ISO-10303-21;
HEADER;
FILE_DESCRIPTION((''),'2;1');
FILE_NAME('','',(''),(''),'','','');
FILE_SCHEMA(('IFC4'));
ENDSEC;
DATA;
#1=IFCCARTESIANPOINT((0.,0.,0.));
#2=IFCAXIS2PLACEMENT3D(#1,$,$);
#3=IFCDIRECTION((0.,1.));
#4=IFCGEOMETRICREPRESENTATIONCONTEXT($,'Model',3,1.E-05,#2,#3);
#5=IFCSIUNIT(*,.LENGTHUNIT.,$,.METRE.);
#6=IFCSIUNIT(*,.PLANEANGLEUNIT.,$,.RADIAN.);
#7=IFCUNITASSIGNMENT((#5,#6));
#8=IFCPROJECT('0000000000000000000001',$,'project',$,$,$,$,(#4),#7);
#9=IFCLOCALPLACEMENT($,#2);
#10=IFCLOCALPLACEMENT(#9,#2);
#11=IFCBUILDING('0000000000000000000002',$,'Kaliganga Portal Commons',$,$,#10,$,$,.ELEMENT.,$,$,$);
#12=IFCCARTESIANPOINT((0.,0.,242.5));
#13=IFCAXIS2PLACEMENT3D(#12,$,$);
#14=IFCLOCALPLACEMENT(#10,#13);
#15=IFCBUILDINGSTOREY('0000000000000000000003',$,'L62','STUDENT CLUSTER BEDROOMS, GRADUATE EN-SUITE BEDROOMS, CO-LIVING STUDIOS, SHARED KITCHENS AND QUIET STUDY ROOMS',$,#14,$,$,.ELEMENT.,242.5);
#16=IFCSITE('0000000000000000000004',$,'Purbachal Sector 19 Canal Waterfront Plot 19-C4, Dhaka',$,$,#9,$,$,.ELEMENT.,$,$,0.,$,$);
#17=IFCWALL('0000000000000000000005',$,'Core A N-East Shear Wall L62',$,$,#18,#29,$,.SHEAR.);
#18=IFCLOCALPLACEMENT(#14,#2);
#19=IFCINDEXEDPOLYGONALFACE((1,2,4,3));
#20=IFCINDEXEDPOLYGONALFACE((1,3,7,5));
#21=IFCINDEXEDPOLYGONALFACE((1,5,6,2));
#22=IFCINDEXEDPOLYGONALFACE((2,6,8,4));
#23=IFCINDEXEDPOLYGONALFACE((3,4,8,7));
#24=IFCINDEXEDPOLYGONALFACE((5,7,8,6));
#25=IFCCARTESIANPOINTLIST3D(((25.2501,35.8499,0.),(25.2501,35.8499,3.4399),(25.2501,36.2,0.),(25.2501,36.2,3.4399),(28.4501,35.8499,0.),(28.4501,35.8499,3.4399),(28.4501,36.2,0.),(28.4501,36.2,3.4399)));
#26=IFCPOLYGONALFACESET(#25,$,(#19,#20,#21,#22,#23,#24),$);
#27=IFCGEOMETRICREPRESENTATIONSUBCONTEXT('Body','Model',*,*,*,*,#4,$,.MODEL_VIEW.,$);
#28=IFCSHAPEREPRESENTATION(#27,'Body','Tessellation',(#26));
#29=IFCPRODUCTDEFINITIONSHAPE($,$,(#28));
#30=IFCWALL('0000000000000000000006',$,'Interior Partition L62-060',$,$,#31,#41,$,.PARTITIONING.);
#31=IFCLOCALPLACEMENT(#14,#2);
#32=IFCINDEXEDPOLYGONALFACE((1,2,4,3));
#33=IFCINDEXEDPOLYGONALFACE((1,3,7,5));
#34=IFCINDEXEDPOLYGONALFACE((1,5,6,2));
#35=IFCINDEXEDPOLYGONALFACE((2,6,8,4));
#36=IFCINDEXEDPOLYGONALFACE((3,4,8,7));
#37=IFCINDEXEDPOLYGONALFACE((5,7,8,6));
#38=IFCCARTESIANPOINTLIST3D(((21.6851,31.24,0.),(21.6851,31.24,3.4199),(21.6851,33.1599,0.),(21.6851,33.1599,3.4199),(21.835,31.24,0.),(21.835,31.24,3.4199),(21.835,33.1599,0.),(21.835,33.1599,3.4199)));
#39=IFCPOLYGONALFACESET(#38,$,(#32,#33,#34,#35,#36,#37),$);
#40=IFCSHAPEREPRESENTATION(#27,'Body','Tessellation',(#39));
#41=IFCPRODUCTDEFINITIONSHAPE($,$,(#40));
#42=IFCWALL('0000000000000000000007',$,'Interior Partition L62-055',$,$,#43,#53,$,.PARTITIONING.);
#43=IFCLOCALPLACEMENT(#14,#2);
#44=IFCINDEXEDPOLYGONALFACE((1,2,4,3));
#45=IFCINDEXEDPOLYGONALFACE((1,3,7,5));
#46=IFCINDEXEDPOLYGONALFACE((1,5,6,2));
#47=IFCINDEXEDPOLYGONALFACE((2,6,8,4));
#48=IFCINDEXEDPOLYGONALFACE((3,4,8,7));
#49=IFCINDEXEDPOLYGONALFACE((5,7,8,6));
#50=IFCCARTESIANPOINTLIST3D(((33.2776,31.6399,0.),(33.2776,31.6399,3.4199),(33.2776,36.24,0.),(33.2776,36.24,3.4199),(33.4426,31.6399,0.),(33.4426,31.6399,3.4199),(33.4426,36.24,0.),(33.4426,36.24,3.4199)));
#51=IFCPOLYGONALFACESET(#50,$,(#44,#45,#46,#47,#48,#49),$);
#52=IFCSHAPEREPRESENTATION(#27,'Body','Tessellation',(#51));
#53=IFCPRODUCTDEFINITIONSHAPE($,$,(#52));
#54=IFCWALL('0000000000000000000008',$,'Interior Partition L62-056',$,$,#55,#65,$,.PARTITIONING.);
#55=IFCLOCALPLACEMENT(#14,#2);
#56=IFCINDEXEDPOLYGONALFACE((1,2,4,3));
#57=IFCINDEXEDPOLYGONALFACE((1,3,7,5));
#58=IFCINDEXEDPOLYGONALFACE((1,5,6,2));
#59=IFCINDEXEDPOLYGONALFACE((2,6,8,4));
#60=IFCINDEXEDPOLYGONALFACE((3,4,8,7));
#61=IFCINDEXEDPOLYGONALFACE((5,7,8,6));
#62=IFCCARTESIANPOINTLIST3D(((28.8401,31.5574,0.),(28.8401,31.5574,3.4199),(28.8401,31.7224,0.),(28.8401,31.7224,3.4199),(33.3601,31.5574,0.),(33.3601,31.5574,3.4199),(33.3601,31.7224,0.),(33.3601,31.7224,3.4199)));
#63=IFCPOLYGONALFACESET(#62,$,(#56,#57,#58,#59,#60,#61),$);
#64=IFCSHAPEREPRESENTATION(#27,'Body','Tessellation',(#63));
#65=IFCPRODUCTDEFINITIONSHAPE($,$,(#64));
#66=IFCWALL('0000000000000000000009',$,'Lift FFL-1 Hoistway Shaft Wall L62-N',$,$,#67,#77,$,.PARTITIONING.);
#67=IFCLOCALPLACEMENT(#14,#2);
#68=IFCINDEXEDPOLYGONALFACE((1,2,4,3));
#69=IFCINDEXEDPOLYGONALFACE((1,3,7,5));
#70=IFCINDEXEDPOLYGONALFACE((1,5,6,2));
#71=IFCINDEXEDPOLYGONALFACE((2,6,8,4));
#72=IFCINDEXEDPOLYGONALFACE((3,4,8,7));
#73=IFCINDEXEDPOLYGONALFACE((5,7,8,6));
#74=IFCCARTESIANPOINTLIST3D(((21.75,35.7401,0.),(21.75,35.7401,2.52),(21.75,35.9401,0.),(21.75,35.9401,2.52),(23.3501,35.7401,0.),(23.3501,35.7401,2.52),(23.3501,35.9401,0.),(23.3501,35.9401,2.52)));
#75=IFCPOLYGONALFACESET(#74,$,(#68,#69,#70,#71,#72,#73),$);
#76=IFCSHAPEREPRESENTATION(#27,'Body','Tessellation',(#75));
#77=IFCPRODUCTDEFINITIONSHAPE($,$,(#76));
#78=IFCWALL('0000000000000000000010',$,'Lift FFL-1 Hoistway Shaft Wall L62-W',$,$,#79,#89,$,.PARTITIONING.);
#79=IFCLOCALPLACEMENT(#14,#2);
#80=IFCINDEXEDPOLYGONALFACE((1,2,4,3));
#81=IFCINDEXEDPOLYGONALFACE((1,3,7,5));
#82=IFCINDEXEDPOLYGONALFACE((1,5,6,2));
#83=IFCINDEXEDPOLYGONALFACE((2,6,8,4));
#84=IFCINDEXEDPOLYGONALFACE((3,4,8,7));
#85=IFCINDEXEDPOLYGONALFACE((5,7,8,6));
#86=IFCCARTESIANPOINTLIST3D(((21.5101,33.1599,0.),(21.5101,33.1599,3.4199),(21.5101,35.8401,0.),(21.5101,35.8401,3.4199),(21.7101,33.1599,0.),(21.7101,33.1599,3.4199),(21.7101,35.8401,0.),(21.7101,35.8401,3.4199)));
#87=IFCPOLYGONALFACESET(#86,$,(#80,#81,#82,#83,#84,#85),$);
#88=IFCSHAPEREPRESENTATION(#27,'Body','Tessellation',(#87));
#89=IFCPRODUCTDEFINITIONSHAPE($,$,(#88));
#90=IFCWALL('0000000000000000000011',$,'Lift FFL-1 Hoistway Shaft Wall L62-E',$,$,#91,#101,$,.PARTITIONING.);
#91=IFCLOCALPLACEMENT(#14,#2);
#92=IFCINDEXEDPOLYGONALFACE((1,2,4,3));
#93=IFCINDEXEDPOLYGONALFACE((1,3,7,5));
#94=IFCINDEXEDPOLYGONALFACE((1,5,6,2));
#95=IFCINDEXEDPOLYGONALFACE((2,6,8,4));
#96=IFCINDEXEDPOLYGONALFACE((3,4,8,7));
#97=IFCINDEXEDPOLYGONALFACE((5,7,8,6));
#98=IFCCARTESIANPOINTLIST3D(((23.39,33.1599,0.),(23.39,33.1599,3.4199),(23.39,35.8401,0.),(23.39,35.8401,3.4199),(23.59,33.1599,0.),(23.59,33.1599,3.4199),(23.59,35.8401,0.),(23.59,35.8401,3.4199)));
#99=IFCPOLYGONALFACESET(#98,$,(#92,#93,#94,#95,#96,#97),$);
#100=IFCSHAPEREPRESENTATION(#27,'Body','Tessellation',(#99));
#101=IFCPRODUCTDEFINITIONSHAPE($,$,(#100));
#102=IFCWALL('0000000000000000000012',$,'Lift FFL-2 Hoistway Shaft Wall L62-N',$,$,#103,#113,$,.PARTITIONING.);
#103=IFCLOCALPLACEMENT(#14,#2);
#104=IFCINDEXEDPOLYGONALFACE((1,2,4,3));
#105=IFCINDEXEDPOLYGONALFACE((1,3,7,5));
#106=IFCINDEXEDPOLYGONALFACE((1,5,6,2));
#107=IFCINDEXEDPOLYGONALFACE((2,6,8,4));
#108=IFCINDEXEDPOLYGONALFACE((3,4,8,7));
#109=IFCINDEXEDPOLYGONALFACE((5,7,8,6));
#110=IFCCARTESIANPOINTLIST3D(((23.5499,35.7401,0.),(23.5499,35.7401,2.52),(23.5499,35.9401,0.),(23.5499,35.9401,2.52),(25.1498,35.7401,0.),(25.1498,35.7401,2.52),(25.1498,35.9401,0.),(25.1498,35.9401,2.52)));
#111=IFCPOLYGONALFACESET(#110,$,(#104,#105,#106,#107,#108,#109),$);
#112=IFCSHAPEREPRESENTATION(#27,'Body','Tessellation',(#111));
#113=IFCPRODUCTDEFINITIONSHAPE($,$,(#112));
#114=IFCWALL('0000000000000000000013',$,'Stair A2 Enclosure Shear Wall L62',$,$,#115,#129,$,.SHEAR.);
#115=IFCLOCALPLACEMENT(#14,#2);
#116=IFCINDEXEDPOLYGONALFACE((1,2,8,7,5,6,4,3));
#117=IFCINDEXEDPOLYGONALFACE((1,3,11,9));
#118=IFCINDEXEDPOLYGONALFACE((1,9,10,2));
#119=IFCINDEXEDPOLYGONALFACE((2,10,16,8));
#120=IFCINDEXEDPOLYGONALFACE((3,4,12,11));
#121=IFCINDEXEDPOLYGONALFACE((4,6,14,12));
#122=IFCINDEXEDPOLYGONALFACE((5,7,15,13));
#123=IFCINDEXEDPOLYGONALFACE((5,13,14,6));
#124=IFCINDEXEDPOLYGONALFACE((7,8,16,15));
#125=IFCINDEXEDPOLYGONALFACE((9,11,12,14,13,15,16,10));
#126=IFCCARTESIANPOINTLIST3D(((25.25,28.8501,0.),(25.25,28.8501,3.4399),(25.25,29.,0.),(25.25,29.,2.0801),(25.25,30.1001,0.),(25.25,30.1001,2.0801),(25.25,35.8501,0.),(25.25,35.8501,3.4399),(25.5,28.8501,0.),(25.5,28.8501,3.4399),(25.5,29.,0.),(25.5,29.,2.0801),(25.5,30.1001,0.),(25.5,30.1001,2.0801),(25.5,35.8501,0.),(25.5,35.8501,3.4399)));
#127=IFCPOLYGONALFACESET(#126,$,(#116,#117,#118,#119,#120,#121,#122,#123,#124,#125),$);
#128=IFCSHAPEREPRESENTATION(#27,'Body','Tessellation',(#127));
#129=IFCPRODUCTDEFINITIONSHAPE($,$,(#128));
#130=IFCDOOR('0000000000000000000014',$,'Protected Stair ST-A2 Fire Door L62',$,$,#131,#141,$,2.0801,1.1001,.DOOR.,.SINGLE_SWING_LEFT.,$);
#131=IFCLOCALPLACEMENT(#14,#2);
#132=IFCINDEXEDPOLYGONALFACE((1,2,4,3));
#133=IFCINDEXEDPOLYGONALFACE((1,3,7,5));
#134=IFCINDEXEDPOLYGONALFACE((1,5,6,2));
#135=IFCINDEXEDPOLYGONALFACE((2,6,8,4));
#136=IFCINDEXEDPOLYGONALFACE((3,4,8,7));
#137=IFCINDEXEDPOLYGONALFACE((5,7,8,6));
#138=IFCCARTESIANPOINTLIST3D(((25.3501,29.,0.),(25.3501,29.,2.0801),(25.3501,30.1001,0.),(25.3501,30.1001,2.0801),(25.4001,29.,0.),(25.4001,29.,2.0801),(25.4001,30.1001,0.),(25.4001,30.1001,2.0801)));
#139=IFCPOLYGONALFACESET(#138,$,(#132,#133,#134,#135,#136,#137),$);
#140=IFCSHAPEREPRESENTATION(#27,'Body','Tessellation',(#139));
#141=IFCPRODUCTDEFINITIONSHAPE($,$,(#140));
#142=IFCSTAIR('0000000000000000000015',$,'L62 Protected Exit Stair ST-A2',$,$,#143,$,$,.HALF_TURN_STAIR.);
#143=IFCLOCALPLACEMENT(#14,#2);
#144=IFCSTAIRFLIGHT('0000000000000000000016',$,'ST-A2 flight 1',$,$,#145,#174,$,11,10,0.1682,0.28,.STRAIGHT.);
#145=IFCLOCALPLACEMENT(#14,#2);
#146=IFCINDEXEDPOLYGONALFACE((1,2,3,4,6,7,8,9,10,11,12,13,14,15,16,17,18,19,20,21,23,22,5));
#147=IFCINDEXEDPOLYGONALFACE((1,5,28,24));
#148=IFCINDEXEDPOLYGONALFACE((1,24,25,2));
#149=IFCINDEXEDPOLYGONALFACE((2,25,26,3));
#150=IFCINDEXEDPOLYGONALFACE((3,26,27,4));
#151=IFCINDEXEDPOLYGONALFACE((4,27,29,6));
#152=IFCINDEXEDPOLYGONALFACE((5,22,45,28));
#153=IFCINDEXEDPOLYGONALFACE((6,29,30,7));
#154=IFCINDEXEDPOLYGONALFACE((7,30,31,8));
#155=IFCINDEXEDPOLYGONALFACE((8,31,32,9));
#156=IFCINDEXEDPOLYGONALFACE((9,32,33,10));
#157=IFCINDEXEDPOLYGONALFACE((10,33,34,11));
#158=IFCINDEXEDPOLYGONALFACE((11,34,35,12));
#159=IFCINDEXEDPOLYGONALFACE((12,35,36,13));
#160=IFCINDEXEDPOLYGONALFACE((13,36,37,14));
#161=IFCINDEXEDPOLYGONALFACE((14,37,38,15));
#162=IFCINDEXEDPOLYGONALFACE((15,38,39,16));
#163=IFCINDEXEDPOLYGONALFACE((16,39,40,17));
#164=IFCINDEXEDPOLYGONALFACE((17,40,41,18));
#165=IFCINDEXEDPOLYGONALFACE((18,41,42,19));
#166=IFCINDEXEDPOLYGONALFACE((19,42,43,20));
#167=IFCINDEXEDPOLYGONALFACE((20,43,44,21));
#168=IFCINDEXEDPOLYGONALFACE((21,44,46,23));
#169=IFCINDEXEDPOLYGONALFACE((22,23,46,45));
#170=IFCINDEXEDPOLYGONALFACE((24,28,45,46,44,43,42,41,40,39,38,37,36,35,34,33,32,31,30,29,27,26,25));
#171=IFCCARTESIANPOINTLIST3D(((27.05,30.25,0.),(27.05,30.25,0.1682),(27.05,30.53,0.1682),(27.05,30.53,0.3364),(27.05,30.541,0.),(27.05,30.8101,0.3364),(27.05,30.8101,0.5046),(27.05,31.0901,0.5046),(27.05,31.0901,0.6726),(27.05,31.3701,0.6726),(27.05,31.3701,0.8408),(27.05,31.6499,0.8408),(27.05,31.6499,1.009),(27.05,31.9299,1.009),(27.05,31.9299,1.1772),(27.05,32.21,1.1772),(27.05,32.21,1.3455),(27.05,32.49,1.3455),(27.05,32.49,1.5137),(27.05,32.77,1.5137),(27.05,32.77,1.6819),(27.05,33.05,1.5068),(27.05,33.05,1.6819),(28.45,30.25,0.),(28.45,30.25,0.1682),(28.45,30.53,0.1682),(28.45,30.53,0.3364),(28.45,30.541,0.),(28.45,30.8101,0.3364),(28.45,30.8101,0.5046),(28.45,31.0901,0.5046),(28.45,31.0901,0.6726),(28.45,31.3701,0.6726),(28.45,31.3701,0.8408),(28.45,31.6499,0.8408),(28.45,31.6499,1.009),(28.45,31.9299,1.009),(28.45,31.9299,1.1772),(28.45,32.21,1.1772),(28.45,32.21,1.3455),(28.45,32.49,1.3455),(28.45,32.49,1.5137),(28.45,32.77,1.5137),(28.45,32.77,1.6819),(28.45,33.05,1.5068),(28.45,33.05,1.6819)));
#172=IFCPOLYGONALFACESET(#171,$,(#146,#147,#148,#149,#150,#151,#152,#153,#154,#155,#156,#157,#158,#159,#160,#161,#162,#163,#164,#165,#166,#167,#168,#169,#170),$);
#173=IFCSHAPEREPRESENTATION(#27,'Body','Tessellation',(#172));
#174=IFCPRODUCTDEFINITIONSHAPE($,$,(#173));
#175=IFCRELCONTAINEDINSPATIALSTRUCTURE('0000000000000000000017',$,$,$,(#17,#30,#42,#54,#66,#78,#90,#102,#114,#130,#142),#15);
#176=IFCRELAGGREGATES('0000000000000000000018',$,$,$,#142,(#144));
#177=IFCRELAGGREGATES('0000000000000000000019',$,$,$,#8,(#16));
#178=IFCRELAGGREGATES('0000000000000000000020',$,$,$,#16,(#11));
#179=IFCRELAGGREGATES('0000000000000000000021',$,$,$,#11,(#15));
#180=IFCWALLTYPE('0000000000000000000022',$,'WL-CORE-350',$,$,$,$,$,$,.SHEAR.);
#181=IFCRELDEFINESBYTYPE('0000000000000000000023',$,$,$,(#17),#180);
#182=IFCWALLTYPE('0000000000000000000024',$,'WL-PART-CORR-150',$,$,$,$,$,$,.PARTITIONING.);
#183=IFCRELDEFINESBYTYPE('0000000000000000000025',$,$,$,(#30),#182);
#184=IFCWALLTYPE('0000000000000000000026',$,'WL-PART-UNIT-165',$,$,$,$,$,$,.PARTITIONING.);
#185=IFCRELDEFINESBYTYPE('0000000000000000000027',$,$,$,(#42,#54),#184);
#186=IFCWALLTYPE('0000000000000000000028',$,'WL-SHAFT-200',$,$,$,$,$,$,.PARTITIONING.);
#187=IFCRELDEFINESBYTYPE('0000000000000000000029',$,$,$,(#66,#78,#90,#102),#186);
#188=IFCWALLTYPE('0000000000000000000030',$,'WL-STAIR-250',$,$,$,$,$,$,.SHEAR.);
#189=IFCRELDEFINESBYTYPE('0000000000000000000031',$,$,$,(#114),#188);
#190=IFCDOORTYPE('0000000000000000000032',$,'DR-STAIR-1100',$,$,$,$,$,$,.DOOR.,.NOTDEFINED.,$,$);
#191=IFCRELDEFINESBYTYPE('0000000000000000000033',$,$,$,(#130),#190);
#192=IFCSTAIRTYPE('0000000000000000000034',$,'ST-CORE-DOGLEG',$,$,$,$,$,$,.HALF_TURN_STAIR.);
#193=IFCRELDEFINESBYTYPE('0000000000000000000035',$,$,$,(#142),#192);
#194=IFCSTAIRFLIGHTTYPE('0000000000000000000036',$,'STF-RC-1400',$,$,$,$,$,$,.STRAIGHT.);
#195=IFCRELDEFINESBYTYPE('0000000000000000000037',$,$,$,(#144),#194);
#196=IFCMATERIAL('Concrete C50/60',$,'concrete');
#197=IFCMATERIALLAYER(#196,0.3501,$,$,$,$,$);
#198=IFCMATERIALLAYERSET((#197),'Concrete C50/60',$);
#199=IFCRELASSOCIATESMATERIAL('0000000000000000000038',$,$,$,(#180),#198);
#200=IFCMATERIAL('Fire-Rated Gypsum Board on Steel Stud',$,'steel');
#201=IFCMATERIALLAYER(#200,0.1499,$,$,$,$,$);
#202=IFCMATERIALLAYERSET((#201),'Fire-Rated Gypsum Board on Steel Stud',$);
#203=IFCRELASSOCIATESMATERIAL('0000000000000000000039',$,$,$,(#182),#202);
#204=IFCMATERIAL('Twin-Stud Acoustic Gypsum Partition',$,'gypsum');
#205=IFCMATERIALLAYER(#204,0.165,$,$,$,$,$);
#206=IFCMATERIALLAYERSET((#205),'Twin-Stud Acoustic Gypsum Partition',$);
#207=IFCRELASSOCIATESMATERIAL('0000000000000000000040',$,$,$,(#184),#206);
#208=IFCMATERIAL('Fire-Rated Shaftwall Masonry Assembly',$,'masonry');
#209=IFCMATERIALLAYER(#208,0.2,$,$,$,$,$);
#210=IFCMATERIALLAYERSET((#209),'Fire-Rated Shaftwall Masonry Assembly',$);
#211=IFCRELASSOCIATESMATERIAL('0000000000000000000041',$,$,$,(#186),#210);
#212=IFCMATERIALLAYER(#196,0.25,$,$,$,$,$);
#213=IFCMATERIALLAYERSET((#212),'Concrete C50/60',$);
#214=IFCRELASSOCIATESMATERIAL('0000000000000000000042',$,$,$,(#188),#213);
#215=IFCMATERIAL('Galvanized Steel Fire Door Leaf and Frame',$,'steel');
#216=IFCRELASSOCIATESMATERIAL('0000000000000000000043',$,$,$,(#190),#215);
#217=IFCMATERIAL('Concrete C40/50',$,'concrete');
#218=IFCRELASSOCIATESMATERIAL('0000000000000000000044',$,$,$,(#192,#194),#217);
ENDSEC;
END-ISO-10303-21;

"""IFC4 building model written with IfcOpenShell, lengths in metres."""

from ifc_helpers import new_model, si_unit, direction, frame, frame_2d, origin, place, context, subcontext, project, spatial, polyline, rectangle, outline, extrude, material, layer, layer_set, type_object, element, fill, aggregate, save


model = new_model("IFC4")

# Units and contexts
model_context = context("Model", 3, precision=1e-05, world=origin(), true_north=direction((0.0, 1.0)))
body_context = subcontext(model_context, "Body", "Model", "MODEL_VIEW")
ifc_project = project(units=[si_unit("LENGTHUNIT", "METRE"), si_unit("PLANEANGLEUNIT", "RADIAN")], contexts=[model_context])

# Site, building, storey
site_placement = place(None, origin())
site = spatial("IfcSite", under=ifc_project, at=site_placement, Name="Purbachal Sector 19 Canal Waterfront Plot 19-C4, Dhaka", CompositionType="ELEMENT", RefElevation=0.0)
building_placement = place(site_placement, origin())
building = spatial("IfcBuilding", under=site, at=building_placement, Name="Kaliganga Portal Commons", CompositionType="ELEMENT")
storey_placement = place(building_placement, frame((0.0, 0.0, 242.5)))
storey = spatial("IfcBuildingStorey", under=building, at=storey_placement, Name="L62", Description="STUDENT CLUSTER BEDROOMS, GRADUATE EN-SUITE BEDROOMS, CO-LIVING STUDIOS, SHARED KITCHENS AND QUIET STUDY ROOMS", CompositionType="ELEMENT", Elevation=242.5)

# Shared definitions
ifc_material_1 = material(Name="Concrete C50/60", Category="concrete")

# Walls
ifc_layer_1 = layer(ifc_material_1, 0.3501)
ifc_layer_set_1 = layer_set([ifc_layer_1], Name="Concrete C50/60")
wall_type_1 = type_object("IfcWallType", Name="WL-CORE-350", PredefinedType="SHEAR", material=ifc_layer_set_1)
for number, where, z_axis, x_axis, name in (
    (1, (25.25, 36.0249, 0.0), (0.0, 0.0, 1.0), (1.0, 0.0, 0.0), "Core A N-East Shear Wall L62"),
):
    element("IfcWall", number, at=place(storey_placement, frame(where, z_axis=z_axis, x_axis=x_axis)), inside=storey, type_object=wall_type_1, Name=name, PredefinedType="SHEAR", context=body_context, shape_type="SweptSolid", body=[
        extrude(rectangle(XDim=3.2, YDim=0.3501, at=frame_2d((1.6001, 0.0))), origin(), (0.0, 0.0, 1.0), 3.4399),
    ])
ifc_material_2 = material(Name="Fire-Rated Gypsum Board on Steel Stud", Category="steel")
ifc_layer_2 = layer(ifc_material_2, 0.1499)
ifc_layer_set_2 = layer_set([ifc_layer_2], Name="Fire-Rated Gypsum Board on Steel Stud")
wall_type_2 = type_object("IfcWallType", Name="WL-PART-CORR-150", PredefinedType="PARTITIONING", material=ifc_layer_set_2)
wall_1_placement = place(storey_placement, frame((21.76, 31.24, 0.0), z_axis=(0.0, 0.0, 1.0), x_axis=(0.0, 1.0, 0.0)))
element("IfcWall", 2, at=wall_1_placement, inside=storey, type_object=wall_type_2, Name="Interior Partition L62-060", PredefinedType="PARTITIONING", context=body_context, shape_type="SweptSolid", body=[
    extrude(rectangle(XDim=1.9199, YDim=0.1499, at=frame_2d((0.96, 0.0))), origin(), (0.0, 0.0, 1.0), 3.4199),
])
ifc_material_3 = material(Name="Twin-Stud Acoustic Gypsum Partition", Category="gypsum")
ifc_layer_3 = layer(ifc_material_3, 0.165)
ifc_layer_set_3 = layer_set([ifc_layer_3], Name="Twin-Stud Acoustic Gypsum Partition")
wall_type_3 = type_object("IfcWallType", Name="WL-PART-UNIT-165", PredefinedType="PARTITIONING", material=ifc_layer_set_3)
wall_2_placement = place(storey_placement, frame((33.3601, 31.6399, 0.0), z_axis=(0.0, 0.0, 1.0), x_axis=(0.0, 1.0, 0.0)))
element("IfcWall", 3, at=wall_2_placement, inside=storey, type_object=wall_type_3, Name="Interior Partition L62-055", PredefinedType="PARTITIONING", context=body_context, shape_type="SweptSolid", body=[
    extrude(rectangle(XDim=4.6001, YDim=0.165, at=frame_2d((2.3, 0.0))), origin(), (0.0, 0.0, 1.0), 3.4199),
])
wall_3_placement = place(storey_placement, frame((28.8401, 31.6399, 0.0), z_axis=(0.0, 0.0, 1.0), x_axis=(1.0, 0.0, 0.0)))
element("IfcWall", 4, at=wall_3_placement, inside=storey, type_object=wall_type_3, Name="Interior Partition L62-056", PredefinedType="PARTITIONING", context=body_context, shape_type="SweptSolid", body=[
    extrude(rectangle(XDim=4.52, YDim=0.165, at=frame_2d((2.26, 0.0))), origin(), (0.0, 0.0, 1.0), 3.4199),
])

# Shared definitions
ifc_material_4 = material(Name="Fire-Rated Shaftwall Masonry Assembly", Category="masonry")
ifc_layer_4 = layer(ifc_material_4, 0.2)
ifc_layer_set_4 = layer_set([ifc_layer_4], Name="Fire-Rated Shaftwall Masonry Assembly")
wall_type_4 = type_object("IfcWallType", Name="WL-SHAFT-200", PredefinedType="PARTITIONING", material=ifc_layer_set_4)

# Walls
wall_4_placement = place(storey_placement, frame((21.75, 35.8401, 0.0), z_axis=(0.0, 0.0, 1.0), x_axis=(1.0, 0.0, 0.0)))
element("IfcWall", 5, at=wall_4_placement, inside=storey, type_object=wall_type_4, Name="Lift FFL-1 Hoistway Shaft Wall L62-N", PredefinedType="PARTITIONING", context=body_context, shape_type="SweptSolid", body=[
    extrude(rectangle(XDim=1.6001, YDim=0.2, at=frame_2d((0.8, 0.0))), origin(), (0.0, 0.0, 1.0), 2.52),
])
for number, where, z_axis, x_axis, name in (
    (6, (21.6101, 33.1599, 0.0), (0.0, 0.0, 1.0), (0.0, 1.0, 0.0), "Lift FFL-1 Hoistway Shaft Wall L62-W"),
    (7, (23.49, 33.1599, 0.0), (0.0, 0.0, 1.0), (0.0, 1.0, 0.0), "Lift FFL-1 Hoistway Shaft Wall L62-E"),
):
    element("IfcWall", number, at=place(storey_placement, frame(where, z_axis=z_axis, x_axis=x_axis)), inside=storey, type_object=wall_type_4, Name=name, PredefinedType="PARTITIONING", context=body_context, shape_type="SweptSolid", body=[
        extrude(rectangle(XDim=2.6802, YDim=0.2, at=frame_2d((1.3401, 0.0))), origin(), (0.0, 0.0, 1.0), 3.4199),
    ])

# Wall
wall_5_placement = place(storey_placement, frame((23.55, 35.8401, 0.0), z_axis=(0.0, 0.0, 1.0), x_axis=(1.0, 0.0, 0.0)))
element("IfcWall", 8, at=wall_5_placement, inside=storey, type_object=wall_type_4, Name="Lift FFL-2 Hoistway Shaft Wall L62-N", PredefinedType="PARTITIONING", context=body_context, shape_type="SweptSolid", body=[
    extrude(rectangle(XDim=1.5999, YDim=0.2, at=frame_2d((0.7998, 0.0))), origin(), (0.0, 0.0, 1.0), 2.52),
])

# Wall, opening, door
ifc_layer_5 = layer(ifc_material_1, 0.25)
ifc_layer_set_5 = layer_set([ifc_layer_5], Name="Concrete C50/60")
wall_type_5 = type_object("IfcWallType", Name="WL-STAIR-250", PredefinedType="SHEAR", material=ifc_layer_set_5)
wall_6_placement = place(storey_placement, frame((25.375, 28.8501, 0.0), z_axis=(0.0, 0.0, 1.0), x_axis=(0.0, 1.0, 0.0)))
wall_6 = element("IfcWall", 9, at=wall_6_placement, inside=storey, type_object=wall_type_5, Name="Stair A2 Enclosure Shear Wall L62", PredefinedType="SHEAR", context=body_context, shape_type="SweptSolid", body=[
    extrude(rectangle(XDim=7.0, YDim=0.25, at=frame_2d((3.5, 0.0))), origin(), (0.0, 0.0, 1.0), 3.4399),
])
opening_1_placement = place(wall_6_placement, frame((0.1499, 0.0, 0.0)))
opening_1 = element("IfcOpeningElement", 10, at=opening_1_placement, cuts=wall_6, PredefinedType="OPENING", context=body_context, shape_type="SweptSolid", body=[
    extrude(rectangle(XDim=1.1001, YDim=2.0801, at=frame_2d((0.55, 1.04))), frame((0.0, 0.135, 0.0), z_axis=(0.0, -1.0, 0.0), x_axis=(1.0, 0.0, 0.0)), (0.0, 0.0, 1.0), 0.27),
])
ifc_material_5 = material(Name="Galvanized Steel Fire Door Leaf and Frame", Category="steel")
door_type_1 = type_object("IfcDoorType", Name="DR-STAIR-1100", OperationType="NOTDEFINED", PredefinedType="DOOR", material=ifc_material_5)
door_1_placement = place(opening_1_placement, origin())
door_1 = element("IfcDoor", 11, at=door_1_placement, inside=storey, type_object=door_type_1, Name="Protected Stair ST-A2 Fire Door L62", OperationType="SINGLE_SWING_LEFT", OverallHeight=2.0801, OverallWidth=1.1001, PredefinedType="DOOR", context=body_context, shape_type="SweptSolid", body=[
    extrude(rectangle(XDim=1.1001, YDim=2.0801, at=frame_2d((0.55, 1.04))), frame((0.0, 0.0249, 0.0), z_axis=(0.0, -1.0, 0.0), x_axis=(1.0, 0.0, 0.0)), (0.0, 0.0, 1.0), 0.05),
])
fill(opening_1, door_1)

# Stair, stair flight
ifc_material_6 = material(Name="Concrete C40/50", Category="concrete")
stair_type = type_object("IfcStairType", Name="ST-CORE-DOGLEG", PredefinedType="HALF_TURN_STAIR", material=ifc_material_6)
stair_placement = place(storey_placement, origin())
stair = element("IfcStair", 12, at=stair_placement, inside=storey, type_object=stair_type, Name="L62 Protected Exit Stair ST-A2", PredefinedType="HALF_TURN_STAIR")
stair_flight_type = type_object("IfcStairFlightType", Name="STF-RC-1400", PredefinedType="STRAIGHT", material=ifc_material_6)
stair_flight_1_placement = place(storey_placement, frame((27.75, 30.25, 0.0), z_axis=(0.0, 0.0, 1.0), x_axis=(0.0, 1.0, 0.0)))
stair_flight_1 = element("IfcStairFlight", 13, at=stair_flight_1_placement, type_object=stair_flight_type, Name="ST-A2 flight 1", NumberOfRisers=11, NumberOfTreads=10, PredefinedType="STRAIGHT", RiserHeight=0.1682, TreadLength=0.28, context=body_context, shape_type="SweptSolid", body=[
    extrude(outline(polyline([(0.0, 0.0), (0.0, 0.1682), (0.28, 0.1682), (0.28, 0.3364), (0.5601, 0.3364), (0.5601, 0.5046), (0.8401, 0.5046), (0.8401, 0.6726), (1.1201, 0.6726), (1.1201, 0.8408), (1.3999, 0.8408), (1.3999, 1.009), (1.6799, 1.009), (1.6799, 1.1772), (1.96, 1.1772), (1.96, 1.3455), (2.24, 1.3455), (2.24, 1.5137), (2.52, 1.5137), (2.52, 1.6819), (2.8, 1.6819), (2.8, 1.8501), (2.8, 1.5068), (0.291, 0.0), (0.0, 0.0)])), frame((0.0, 0.7, 0.0), z_axis=(0.0, -1.0, 0.0), x_axis=(1.0, 0.0, 0.0)), (0.0, 0.0, 1.0), 1.3999),
])
aggregate(stair, [stair_flight_1])

save(model, "model.ifc")
